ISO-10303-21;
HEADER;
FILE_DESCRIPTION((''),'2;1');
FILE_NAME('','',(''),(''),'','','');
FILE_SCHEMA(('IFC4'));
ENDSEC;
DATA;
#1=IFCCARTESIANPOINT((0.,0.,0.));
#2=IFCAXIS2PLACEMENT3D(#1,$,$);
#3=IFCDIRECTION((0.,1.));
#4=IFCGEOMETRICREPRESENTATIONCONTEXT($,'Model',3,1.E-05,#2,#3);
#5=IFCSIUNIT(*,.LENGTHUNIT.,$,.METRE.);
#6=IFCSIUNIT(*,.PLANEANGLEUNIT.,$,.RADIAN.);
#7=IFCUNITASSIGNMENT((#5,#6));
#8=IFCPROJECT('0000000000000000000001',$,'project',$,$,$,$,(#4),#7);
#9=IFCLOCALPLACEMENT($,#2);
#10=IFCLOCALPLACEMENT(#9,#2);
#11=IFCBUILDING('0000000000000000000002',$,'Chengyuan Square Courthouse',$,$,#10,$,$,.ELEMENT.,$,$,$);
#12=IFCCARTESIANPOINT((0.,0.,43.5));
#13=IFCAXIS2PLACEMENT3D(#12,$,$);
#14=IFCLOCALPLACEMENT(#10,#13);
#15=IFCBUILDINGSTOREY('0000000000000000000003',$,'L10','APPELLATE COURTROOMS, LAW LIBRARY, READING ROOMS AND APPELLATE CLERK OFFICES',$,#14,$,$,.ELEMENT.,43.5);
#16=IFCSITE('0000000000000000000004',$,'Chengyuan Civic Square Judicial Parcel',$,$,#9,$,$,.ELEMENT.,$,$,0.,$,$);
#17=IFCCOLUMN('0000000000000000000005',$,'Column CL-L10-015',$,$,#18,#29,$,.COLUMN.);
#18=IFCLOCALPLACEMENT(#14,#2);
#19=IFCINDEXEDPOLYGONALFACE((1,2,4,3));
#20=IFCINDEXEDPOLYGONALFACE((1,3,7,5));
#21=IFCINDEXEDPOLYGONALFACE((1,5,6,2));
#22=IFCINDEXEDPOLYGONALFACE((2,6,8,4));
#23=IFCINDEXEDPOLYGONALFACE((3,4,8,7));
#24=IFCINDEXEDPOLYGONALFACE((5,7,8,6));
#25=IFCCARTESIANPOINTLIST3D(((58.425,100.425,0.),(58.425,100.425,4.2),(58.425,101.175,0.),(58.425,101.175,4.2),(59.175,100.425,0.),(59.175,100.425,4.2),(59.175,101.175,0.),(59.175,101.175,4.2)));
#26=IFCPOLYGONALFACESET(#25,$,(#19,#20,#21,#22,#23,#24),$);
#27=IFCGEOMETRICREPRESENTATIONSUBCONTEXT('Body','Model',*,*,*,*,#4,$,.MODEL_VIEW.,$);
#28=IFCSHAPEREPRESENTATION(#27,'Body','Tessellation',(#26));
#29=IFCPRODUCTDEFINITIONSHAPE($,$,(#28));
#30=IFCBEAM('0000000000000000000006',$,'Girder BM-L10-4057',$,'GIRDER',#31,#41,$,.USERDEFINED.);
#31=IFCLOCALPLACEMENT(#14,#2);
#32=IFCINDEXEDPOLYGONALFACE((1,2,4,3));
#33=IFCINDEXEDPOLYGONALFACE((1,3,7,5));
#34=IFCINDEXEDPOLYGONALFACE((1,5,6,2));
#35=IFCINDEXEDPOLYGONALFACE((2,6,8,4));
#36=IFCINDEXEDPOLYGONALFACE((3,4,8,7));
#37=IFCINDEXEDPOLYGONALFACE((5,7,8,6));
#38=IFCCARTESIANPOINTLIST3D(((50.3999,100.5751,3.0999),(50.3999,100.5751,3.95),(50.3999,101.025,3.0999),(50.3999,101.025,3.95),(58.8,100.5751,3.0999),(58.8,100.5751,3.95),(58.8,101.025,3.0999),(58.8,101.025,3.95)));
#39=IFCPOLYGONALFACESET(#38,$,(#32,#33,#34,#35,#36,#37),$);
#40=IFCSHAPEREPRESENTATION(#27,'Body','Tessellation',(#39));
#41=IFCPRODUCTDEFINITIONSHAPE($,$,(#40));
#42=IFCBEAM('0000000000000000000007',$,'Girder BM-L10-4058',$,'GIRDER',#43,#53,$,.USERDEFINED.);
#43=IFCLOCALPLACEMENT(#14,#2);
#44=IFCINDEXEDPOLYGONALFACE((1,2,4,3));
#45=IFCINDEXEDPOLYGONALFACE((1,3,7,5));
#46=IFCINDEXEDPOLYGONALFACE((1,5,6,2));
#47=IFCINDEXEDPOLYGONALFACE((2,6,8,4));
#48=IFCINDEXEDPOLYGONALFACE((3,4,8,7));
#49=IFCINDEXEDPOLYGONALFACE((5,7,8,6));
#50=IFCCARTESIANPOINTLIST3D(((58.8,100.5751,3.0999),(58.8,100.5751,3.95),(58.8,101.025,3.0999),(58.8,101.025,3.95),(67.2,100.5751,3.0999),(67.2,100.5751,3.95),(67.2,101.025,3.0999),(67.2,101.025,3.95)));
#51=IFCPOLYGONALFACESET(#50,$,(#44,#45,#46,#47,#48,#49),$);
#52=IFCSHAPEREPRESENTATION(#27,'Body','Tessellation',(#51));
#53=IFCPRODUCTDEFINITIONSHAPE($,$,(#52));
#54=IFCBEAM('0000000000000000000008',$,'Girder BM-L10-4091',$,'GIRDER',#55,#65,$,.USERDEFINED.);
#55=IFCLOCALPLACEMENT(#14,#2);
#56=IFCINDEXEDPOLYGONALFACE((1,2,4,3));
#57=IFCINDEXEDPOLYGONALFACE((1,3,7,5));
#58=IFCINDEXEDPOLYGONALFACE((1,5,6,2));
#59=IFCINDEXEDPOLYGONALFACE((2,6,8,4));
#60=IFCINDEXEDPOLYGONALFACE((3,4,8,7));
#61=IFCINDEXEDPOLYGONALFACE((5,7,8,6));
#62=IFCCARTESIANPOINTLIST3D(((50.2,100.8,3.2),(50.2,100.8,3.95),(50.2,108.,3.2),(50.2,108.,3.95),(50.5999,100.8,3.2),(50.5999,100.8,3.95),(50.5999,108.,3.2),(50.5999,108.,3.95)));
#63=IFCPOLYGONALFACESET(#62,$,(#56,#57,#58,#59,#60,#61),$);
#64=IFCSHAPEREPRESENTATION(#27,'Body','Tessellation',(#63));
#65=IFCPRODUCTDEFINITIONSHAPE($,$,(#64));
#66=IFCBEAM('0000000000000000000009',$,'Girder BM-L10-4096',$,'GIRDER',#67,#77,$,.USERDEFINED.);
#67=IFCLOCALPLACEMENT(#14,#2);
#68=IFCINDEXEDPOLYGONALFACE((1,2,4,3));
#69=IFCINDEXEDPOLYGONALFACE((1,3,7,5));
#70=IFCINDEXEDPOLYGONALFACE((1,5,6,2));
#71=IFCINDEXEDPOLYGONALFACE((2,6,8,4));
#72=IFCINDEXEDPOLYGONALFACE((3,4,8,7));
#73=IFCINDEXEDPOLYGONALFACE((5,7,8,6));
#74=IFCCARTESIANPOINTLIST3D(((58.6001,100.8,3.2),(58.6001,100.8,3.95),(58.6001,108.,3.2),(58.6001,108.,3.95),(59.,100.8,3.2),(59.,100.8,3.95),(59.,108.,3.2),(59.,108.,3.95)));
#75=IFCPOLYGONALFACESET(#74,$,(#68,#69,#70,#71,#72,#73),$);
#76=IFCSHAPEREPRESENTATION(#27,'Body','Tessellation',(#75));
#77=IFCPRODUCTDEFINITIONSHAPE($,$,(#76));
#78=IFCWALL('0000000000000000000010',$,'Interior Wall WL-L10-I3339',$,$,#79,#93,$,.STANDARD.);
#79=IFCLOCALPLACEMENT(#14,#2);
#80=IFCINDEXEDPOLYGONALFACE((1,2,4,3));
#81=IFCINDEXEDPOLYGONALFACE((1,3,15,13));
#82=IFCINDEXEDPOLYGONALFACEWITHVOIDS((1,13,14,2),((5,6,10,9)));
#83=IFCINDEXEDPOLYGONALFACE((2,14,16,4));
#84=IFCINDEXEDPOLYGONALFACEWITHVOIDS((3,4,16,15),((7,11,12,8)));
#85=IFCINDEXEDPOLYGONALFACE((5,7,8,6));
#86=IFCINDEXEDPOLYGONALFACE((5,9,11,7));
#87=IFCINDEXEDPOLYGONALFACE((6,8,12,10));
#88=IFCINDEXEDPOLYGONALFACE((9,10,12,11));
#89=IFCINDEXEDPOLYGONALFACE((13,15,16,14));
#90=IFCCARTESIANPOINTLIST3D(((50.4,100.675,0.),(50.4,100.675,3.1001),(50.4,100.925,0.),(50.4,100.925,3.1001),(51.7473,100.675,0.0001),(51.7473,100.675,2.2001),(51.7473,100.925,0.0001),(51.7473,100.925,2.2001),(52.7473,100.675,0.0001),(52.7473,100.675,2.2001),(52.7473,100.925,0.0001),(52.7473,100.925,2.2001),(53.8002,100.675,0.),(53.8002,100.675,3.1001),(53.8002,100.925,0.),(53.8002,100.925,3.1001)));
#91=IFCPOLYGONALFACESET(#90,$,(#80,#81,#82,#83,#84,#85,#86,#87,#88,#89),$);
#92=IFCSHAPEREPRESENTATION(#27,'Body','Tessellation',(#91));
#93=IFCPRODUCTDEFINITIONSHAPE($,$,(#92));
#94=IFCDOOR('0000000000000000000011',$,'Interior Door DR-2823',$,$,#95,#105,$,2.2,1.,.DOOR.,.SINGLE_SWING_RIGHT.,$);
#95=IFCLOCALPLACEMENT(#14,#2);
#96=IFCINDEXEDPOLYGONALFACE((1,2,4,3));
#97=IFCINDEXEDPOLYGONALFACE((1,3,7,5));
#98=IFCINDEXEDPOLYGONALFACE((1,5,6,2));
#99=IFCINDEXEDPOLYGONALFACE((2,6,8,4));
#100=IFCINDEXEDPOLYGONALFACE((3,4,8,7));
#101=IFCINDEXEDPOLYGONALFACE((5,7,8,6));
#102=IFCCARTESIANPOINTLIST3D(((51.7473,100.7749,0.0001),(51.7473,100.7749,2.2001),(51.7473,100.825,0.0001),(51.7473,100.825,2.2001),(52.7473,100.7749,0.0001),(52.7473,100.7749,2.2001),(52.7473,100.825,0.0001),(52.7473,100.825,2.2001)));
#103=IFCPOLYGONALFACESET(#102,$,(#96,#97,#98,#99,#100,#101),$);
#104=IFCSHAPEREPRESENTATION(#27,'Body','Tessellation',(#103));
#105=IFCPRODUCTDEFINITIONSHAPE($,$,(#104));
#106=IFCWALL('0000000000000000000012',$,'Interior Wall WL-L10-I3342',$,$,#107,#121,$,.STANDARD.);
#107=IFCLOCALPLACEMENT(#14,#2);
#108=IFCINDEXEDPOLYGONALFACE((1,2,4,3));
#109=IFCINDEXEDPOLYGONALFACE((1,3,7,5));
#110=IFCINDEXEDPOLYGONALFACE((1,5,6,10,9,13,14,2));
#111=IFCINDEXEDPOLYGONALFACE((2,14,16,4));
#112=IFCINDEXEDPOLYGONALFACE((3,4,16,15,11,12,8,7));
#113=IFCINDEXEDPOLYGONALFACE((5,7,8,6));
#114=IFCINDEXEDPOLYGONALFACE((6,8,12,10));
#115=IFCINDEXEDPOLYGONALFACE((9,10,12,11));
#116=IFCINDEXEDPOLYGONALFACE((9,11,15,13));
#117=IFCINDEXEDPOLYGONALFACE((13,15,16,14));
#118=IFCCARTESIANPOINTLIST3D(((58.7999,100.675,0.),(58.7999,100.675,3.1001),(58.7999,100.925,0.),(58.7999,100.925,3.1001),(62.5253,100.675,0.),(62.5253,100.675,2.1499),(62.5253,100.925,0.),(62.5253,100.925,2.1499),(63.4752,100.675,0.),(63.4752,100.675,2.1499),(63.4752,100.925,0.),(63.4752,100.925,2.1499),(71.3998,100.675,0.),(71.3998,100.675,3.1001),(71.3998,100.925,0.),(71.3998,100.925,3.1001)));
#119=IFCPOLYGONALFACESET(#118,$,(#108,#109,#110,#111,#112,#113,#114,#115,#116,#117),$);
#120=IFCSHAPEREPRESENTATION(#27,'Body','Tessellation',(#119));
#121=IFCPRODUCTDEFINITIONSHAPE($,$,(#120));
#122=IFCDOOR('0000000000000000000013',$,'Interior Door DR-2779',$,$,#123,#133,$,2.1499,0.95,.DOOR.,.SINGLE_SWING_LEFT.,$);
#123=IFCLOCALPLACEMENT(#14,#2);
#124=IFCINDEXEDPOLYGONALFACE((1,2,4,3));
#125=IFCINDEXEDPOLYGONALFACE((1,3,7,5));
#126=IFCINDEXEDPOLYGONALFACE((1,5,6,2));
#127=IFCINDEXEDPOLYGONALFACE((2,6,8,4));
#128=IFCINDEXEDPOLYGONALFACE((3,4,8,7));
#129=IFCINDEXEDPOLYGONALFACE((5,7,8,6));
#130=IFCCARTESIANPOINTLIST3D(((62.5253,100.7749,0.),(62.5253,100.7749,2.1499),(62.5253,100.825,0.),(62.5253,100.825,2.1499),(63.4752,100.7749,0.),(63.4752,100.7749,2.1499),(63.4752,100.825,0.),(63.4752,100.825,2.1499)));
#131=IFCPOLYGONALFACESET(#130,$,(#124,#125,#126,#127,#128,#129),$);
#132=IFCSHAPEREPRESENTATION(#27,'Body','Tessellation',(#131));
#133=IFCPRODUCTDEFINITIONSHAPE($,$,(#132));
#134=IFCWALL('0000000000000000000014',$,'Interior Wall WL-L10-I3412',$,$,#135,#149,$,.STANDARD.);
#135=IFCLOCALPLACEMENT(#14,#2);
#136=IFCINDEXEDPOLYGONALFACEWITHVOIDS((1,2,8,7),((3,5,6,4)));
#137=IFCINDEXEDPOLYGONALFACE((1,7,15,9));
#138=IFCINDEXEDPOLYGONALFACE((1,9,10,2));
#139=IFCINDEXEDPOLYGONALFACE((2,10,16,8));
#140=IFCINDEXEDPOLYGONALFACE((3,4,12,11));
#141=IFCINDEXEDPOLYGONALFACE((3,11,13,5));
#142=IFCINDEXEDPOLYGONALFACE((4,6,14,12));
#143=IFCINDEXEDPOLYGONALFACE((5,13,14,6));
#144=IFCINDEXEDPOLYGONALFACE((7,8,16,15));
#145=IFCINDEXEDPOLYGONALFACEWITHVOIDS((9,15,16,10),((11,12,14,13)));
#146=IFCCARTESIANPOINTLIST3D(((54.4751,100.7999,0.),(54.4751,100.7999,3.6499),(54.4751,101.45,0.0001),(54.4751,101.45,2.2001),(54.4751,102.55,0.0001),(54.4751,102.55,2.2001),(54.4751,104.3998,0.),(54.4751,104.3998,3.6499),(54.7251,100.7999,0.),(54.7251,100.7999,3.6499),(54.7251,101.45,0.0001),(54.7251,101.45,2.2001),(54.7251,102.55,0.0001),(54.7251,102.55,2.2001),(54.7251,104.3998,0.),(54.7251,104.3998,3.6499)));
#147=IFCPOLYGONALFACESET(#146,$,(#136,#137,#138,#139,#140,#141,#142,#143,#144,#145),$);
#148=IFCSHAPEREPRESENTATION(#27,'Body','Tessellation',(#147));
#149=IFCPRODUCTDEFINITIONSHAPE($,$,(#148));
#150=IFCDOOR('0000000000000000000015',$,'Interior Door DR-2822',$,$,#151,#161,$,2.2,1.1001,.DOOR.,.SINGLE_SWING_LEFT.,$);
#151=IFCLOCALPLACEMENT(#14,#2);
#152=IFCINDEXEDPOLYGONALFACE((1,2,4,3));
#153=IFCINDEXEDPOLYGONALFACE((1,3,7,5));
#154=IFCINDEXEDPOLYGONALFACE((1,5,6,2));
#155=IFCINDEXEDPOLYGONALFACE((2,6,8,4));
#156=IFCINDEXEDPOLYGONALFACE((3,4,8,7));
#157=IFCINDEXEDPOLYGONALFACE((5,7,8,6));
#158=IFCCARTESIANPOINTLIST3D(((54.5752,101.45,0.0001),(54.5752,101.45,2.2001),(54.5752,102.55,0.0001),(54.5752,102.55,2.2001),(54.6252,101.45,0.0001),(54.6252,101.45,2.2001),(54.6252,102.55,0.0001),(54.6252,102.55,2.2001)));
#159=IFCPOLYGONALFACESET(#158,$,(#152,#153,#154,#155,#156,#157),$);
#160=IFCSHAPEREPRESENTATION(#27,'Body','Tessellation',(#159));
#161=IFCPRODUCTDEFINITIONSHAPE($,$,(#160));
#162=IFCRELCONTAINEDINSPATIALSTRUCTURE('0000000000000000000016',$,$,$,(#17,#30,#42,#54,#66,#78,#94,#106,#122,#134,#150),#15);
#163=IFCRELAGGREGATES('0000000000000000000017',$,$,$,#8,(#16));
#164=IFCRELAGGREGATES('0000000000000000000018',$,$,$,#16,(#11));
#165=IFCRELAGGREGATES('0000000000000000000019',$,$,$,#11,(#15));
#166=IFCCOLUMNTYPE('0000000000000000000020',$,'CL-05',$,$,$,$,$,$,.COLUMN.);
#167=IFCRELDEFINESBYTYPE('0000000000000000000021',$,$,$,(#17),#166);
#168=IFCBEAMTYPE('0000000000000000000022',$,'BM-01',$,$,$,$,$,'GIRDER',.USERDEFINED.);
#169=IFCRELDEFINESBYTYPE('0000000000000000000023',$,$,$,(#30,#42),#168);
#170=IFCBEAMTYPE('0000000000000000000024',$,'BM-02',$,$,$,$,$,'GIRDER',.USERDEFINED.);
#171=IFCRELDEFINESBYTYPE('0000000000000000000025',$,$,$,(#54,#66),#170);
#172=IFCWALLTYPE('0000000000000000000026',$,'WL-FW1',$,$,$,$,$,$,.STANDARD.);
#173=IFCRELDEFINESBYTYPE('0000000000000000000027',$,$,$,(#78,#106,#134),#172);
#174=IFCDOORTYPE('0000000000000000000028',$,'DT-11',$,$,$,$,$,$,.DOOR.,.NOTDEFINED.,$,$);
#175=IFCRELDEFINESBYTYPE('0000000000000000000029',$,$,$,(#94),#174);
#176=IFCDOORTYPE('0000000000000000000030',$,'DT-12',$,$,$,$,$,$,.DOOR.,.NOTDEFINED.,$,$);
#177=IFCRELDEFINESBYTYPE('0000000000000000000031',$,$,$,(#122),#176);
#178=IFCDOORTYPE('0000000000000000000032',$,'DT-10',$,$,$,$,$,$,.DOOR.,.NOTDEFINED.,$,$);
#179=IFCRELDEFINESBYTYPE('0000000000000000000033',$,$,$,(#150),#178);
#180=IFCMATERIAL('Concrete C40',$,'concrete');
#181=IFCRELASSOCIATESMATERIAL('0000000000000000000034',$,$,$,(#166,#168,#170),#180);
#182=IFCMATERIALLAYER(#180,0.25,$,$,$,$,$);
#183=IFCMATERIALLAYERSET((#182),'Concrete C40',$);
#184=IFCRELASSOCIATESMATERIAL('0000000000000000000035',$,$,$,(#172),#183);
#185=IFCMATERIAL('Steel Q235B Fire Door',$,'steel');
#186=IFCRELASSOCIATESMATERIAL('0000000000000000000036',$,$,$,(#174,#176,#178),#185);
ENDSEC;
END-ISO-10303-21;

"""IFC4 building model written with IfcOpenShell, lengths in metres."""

from ifc_helpers import new_model, si_unit, direction, frame, frame_2d, origin, origin_2d, place, context, subcontext, project, spatial, rectangle, extrude, material, layer, layer_set, material_profile, profile_set, type_object, element, fill, save


model = new_model("IFC4")

# Units and contexts
model_context = context("Model", 3, precision=1e-05, world=origin(), true_north=direction((0.0, 1.0)))
body_context = subcontext(model_context, "Body", "Model", "MODEL_VIEW")
ifc_project = project(units=[si_unit("LENGTHUNIT", "METRE"), si_unit("PLANEANGLEUNIT", "RADIAN")], contexts=[model_context])

# Site, building, storey
site_placement = place(None, origin())
site = spatial("IfcSite", under=ifc_project, at=site_placement, Name="Chengyuan Civic Square Judicial Parcel", CompositionType="ELEMENT", RefElevation=0.0)
building_placement = place(site_placement, origin())
building = spatial("IfcBuilding", under=site, at=building_placement, Name="Chengyuan Square Courthouse", CompositionType="ELEMENT")
storey_placement = place(building_placement, frame((0.0, 0.0, 43.5)))
storey = spatial("IfcBuildingStorey", under=building, at=storey_placement, Name="L10", Description="APPELLATE COURTROOMS, LAW LIBRARY, READING ROOMS AND APPELLATE CLERK OFFICES", CompositionType="ELEMENT", Elevation=43.5)

# Column
ifc_material_1 = material(Name="Concrete C40", Category="concrete")
ifc_material_profile_1 = material_profile(ifc_material_1, rectangle(XDim=0.75, YDim=0.75, at=origin_2d()), Name="RC-COL-750x750")
ifc_profile_set_1 = profile_set([ifc_material_profile_1], Name="Concrete C40")
column_type = type_object("IfcColumnType", Name="CL-05", PredefinedType="COLUMN", material=ifc_profile_set_1)
column_placement = place(storey_placement, frame((58.8, 100.8, 0.0), z_axis=(0.0, 0.0, 1.0), x_axis=(1.0, 0.0, 0.0)))
element("IfcColumn", 1, at=column_placement, inside=storey, type_object=column_type, Name="Column CL-L10-015", PredefinedType="COLUMN", context=body_context, shape_type="SweptSolid", body=[
    extrude(rectangle(XDim=0.75, YDim=0.75, at=origin_2d()), origin(), (0.0, 0.0, 1.0), 4.2),
])

# Beams
ifc_material_profile_2 = material_profile(ifc_material_1, rectangle(XDim=0.45, YDim=0.8501, at=origin_2d()), Name="RC-BM-450x850")
ifc_profile_set_2 = profile_set([ifc_material_profile_2], Name="Concrete C40")
beam_type_1 = type_object("IfcBeamType", Name="BM-01", ElementType="GIRDER", PredefinedType="USERDEFINED", material=ifc_profile_set_2)
beam_1_placement = place(storey_placement, frame((50.3999, 100.8, 3.5249), z_axis=(1.0, 0.0, 0.0), x_axis=(0.0, 1.0, 0.0)))
element("IfcBeam", 2, at=beam_1_placement, inside=storey, type_object=beam_type_1, Name="Girder BM-L10-4057", ObjectType="GIRDER", PredefinedType="USERDEFINED", context=body_context, shape_type="SweptSolid", body=[
    extrude(rectangle(XDim=0.45, YDim=0.8501, at=origin_2d()), origin(), (0.0, 0.0, 1.0), 8.4001),
])
beam_2_placement = place(storey_placement, frame((58.8, 100.8, 3.5249), z_axis=(1.0, 0.0, 0.0), x_axis=(0.0, 1.0, 0.0)))
element("IfcBeam", 3, at=beam_2_placement, inside=storey, type_object=beam_type_1, Name="Girder BM-L10-4058", ObjectType="GIRDER", PredefinedType="USERDEFINED", context=body_context, shape_type="SweptSolid", body=[
    extrude(rectangle(XDim=0.45, YDim=0.8501, at=origin_2d()), origin(), (0.0, 0.0, 1.0), 8.3999),
])
ifc_material_profile_3 = material_profile(ifc_material_1, rectangle(XDim=0.3999, YDim=0.75, at=origin_2d()), Name="RC-BM-400x750")
ifc_profile_set_3 = profile_set([ifc_material_profile_3], Name="Concrete C40")
beam_type_2 = type_object("IfcBeamType", Name="BM-02", ElementType="GIRDER", PredefinedType="USERDEFINED", material=ifc_profile_set_3)
for number, where, z_axis, x_axis, name in (
    (4, (50.3999, 100.8, 3.575), (0.0, 1.0, 0.0), (-1.0, 0.0, 0.0), "Girder BM-L10-4091"),
    (5, (58.8, 100.8, 3.575), (0.0, 1.0, 0.0), (-1.0, 0.0, 0.0), "Girder BM-L10-4096"),
):
    element("IfcBeam", number, at=place(storey_placement, frame(where, z_axis=z_axis, x_axis=x_axis)), inside=storey, type_object=beam_type_2, Name=name, ObjectType="GIRDER", PredefinedType="USERDEFINED", context=body_context, shape_type="SweptSolid", body=[
        extrude(rectangle(XDim=0.3999, YDim=0.75, at=origin_2d()), origin(), (0.0, 0.0, 1.0), 7.2),
    ])

# Walls, openings, doors
ifc_layer_1 = layer(ifc_material_1, 0.25)
ifc_layer_set_1 = layer_set([ifc_layer_1], Name="Concrete C40")
wall_type_1 = type_object("IfcWallType", Name="WL-FW1", PredefinedType="STANDARD", material=ifc_layer_set_1)
wall_1_placement = place(storey_placement, frame((50.3999, 100.8, 0.0), z_axis=(0.0, 0.0, 1.0), x_axis=(1.0, 0.0, 0.0)))
wall_1 = element("IfcWall", 6, at=wall_1_placement, inside=storey, type_object=wall_type_1, Name="Interior Wall WL-L10-I3339", PredefinedType="STANDARD", context=body_context, shape_type="SweptSolid", body=[
    extrude(rectangle(XDim=3.4001, YDim=0.25, at=frame_2d((1.7002, 0.0))), origin(), (0.0, 0.0, 1.0), 3.1001),
])
opening_1_placement = place(wall_1_placement, frame((1.3474, 0.0, 0.0)))
opening_1 = element("IfcOpeningElement", 7, at=opening_1_placement, cuts=wall_1, PredefinedType="OPENING", context=body_context, shape_type="SweptSolid", body=[
    extrude(rectangle(XDim=1.0, YDim=2.2, at=frame_2d((0.5, 1.1001))), frame((0.0, 0.137, 0.0), z_axis=(0.0, -1.0, 0.0), x_axis=(1.0, 0.0, 0.0)), (0.0, 0.0, 1.0), 0.2739),
])
ifc_material_2 = material(Name="Steel Q235B Fire Door", Category="steel")
door_type_1 = type_object("IfcDoorType", Name="DT-11", OperationType="NOTDEFINED", PredefinedType="DOOR", material=ifc_material_2)
door_1_placement = place(opening_1_placement, origin())
door_1 = element("IfcDoor", 8, at=door_1_placement, inside=storey, type_object=door_type_1, Name="Interior Door DR-2823", OperationType="SINGLE_SWING_RIGHT", OverallHeight=2.2, OverallWidth=1.0, PredefinedType="DOOR", context=body_context, shape_type="SweptSolid", body=[
    extrude(rectangle(XDim=1.0, YDim=2.2, at=frame_2d((0.5, 1.1001))), frame((0.0, 0.0249, 0.0), z_axis=(0.0, -1.0, 0.0), x_axis=(1.0, 0.0, 0.0)), (0.0, 0.0, 1.0), 0.05),
])
fill(opening_1, door_1)
wall_2_placement = place(storey_placement, frame((58.8, 100.8, 0.0), z_axis=(0.0, 0.0, 1.0), x_axis=(1.0, 0.0, 0.0)))
wall_2 = element("IfcWall", 9, at=wall_2_placement, inside=storey, type_object=wall_type_1, Name="Interior Wall WL-L10-I3342", PredefinedType="STANDARD", context=body_context, shape_type="SweptSolid", body=[
    extrude(rectangle(XDim=12.5999, YDim=0.25, at=frame_2d((6.2998, 0.0))), origin(), (0.0, 0.0, 1.0), 3.1001),
])
opening_2_placement = place(wall_2_placement, frame((3.7251, 0.0, 0.0)))
opening_2 = element("IfcOpeningElement", 10, at=opening_2_placement, cuts=wall_2, PredefinedType="OPENING", context=body_context, shape_type="SweptSolid", body=[
    extrude(rectangle(XDim=0.95, YDim=2.1499, at=frame_2d((0.4751, 1.075))), frame((0.0, 0.137, 0.0), z_axis=(0.0, -1.0, 0.0), x_axis=(1.0, 0.0, 0.0)), (0.0, 0.0, 1.0), 0.2739),
])
door_type_2 = type_object("IfcDoorType", Name="DT-12", OperationType="NOTDEFINED", PredefinedType="DOOR", material=ifc_material_2)
door_2_placement = place(opening_2_placement, origin())
door_2 = element("IfcDoor", 11, at=door_2_placement, inside=storey, type_object=door_type_2, Name="Interior Door DR-2779", OperationType="SINGLE_SWING_LEFT", OverallHeight=2.1499, OverallWidth=0.95, PredefinedType="DOOR", context=body_context, shape_type="SweptSolid", body=[
    extrude(rectangle(XDim=0.95, YDim=2.1499, at=frame_2d((0.4751, 1.075))), frame((0.0, 0.0249, 0.0), z_axis=(0.0, -1.0, 0.0), x_axis=(1.0, 0.0, 0.0)), (0.0, 0.0, 1.0), 0.05),
])
fill(opening_2, door_2)
wall_3_placement = place(storey_placement, frame((54.6001, 100.8, 0.0), z_axis=(0.0, 0.0, 1.0), x_axis=(0.0, 1.0, 0.0)))
wall_3 = element("IfcWall", 12, at=wall_3_placement, inside=storey, type_object=wall_type_1, Name="Interior Wall WL-L10-I3412", PredefinedType="STANDARD", context=body_context, shape_type="SweptSolid", body=[
    extrude(rectangle(XDim=3.5999, YDim=0.25, at=frame_2d((1.7998, 0.0))), origin(), (0.0, 0.0, 1.0), 3.6499),
])
opening_3_placement = place(wall_3_placement, frame((0.6499, 0.0, 0.0)))
opening_3 = element("IfcOpeningElement", 13, at=opening_3_placement, cuts=wall_3, PredefinedType="OPENING", context=body_context, shape_type="SweptSolid", body=[
    extrude(rectangle(XDim=1.1001, YDim=2.2, at=frame_2d((0.55, 1.1001))), frame((0.0, 0.137, 0.0), z_axis=(0.0, -1.0, 0.0), x_axis=(1.0, 0.0, 0.0)), (0.0, 0.0, 1.0), 0.2739),
])
door_type_3 = type_object("IfcDoorType", Name="DT-10", OperationType="NOTDEFINED", PredefinedType="DOOR", material=ifc_material_2)
door_3_placement = place(opening_3_placement, origin())
door_3 = element("IfcDoor", 14, at=door_3_placement, inside=storey, type_object=door_type_3, Name="Interior Door DR-2822", OperationType="SINGLE_SWING_LEFT", OverallHeight=2.2, OverallWidth=1.1001, PredefinedType="DOOR", context=body_context, shape_type="SweptSolid", body=[
    extrude(rectangle(XDim=1.1001, YDim=2.2, at=frame_2d((0.55, 1.1001))), frame((0.0, 0.0249, 0.0), z_axis=(0.0, -1.0, 0.0), x_axis=(1.0, 0.0, 0.0)), (0.0, 0.0, 1.0), 0.05),
])
fill(opening_3, door_3)

save(model, "model.ifc")
